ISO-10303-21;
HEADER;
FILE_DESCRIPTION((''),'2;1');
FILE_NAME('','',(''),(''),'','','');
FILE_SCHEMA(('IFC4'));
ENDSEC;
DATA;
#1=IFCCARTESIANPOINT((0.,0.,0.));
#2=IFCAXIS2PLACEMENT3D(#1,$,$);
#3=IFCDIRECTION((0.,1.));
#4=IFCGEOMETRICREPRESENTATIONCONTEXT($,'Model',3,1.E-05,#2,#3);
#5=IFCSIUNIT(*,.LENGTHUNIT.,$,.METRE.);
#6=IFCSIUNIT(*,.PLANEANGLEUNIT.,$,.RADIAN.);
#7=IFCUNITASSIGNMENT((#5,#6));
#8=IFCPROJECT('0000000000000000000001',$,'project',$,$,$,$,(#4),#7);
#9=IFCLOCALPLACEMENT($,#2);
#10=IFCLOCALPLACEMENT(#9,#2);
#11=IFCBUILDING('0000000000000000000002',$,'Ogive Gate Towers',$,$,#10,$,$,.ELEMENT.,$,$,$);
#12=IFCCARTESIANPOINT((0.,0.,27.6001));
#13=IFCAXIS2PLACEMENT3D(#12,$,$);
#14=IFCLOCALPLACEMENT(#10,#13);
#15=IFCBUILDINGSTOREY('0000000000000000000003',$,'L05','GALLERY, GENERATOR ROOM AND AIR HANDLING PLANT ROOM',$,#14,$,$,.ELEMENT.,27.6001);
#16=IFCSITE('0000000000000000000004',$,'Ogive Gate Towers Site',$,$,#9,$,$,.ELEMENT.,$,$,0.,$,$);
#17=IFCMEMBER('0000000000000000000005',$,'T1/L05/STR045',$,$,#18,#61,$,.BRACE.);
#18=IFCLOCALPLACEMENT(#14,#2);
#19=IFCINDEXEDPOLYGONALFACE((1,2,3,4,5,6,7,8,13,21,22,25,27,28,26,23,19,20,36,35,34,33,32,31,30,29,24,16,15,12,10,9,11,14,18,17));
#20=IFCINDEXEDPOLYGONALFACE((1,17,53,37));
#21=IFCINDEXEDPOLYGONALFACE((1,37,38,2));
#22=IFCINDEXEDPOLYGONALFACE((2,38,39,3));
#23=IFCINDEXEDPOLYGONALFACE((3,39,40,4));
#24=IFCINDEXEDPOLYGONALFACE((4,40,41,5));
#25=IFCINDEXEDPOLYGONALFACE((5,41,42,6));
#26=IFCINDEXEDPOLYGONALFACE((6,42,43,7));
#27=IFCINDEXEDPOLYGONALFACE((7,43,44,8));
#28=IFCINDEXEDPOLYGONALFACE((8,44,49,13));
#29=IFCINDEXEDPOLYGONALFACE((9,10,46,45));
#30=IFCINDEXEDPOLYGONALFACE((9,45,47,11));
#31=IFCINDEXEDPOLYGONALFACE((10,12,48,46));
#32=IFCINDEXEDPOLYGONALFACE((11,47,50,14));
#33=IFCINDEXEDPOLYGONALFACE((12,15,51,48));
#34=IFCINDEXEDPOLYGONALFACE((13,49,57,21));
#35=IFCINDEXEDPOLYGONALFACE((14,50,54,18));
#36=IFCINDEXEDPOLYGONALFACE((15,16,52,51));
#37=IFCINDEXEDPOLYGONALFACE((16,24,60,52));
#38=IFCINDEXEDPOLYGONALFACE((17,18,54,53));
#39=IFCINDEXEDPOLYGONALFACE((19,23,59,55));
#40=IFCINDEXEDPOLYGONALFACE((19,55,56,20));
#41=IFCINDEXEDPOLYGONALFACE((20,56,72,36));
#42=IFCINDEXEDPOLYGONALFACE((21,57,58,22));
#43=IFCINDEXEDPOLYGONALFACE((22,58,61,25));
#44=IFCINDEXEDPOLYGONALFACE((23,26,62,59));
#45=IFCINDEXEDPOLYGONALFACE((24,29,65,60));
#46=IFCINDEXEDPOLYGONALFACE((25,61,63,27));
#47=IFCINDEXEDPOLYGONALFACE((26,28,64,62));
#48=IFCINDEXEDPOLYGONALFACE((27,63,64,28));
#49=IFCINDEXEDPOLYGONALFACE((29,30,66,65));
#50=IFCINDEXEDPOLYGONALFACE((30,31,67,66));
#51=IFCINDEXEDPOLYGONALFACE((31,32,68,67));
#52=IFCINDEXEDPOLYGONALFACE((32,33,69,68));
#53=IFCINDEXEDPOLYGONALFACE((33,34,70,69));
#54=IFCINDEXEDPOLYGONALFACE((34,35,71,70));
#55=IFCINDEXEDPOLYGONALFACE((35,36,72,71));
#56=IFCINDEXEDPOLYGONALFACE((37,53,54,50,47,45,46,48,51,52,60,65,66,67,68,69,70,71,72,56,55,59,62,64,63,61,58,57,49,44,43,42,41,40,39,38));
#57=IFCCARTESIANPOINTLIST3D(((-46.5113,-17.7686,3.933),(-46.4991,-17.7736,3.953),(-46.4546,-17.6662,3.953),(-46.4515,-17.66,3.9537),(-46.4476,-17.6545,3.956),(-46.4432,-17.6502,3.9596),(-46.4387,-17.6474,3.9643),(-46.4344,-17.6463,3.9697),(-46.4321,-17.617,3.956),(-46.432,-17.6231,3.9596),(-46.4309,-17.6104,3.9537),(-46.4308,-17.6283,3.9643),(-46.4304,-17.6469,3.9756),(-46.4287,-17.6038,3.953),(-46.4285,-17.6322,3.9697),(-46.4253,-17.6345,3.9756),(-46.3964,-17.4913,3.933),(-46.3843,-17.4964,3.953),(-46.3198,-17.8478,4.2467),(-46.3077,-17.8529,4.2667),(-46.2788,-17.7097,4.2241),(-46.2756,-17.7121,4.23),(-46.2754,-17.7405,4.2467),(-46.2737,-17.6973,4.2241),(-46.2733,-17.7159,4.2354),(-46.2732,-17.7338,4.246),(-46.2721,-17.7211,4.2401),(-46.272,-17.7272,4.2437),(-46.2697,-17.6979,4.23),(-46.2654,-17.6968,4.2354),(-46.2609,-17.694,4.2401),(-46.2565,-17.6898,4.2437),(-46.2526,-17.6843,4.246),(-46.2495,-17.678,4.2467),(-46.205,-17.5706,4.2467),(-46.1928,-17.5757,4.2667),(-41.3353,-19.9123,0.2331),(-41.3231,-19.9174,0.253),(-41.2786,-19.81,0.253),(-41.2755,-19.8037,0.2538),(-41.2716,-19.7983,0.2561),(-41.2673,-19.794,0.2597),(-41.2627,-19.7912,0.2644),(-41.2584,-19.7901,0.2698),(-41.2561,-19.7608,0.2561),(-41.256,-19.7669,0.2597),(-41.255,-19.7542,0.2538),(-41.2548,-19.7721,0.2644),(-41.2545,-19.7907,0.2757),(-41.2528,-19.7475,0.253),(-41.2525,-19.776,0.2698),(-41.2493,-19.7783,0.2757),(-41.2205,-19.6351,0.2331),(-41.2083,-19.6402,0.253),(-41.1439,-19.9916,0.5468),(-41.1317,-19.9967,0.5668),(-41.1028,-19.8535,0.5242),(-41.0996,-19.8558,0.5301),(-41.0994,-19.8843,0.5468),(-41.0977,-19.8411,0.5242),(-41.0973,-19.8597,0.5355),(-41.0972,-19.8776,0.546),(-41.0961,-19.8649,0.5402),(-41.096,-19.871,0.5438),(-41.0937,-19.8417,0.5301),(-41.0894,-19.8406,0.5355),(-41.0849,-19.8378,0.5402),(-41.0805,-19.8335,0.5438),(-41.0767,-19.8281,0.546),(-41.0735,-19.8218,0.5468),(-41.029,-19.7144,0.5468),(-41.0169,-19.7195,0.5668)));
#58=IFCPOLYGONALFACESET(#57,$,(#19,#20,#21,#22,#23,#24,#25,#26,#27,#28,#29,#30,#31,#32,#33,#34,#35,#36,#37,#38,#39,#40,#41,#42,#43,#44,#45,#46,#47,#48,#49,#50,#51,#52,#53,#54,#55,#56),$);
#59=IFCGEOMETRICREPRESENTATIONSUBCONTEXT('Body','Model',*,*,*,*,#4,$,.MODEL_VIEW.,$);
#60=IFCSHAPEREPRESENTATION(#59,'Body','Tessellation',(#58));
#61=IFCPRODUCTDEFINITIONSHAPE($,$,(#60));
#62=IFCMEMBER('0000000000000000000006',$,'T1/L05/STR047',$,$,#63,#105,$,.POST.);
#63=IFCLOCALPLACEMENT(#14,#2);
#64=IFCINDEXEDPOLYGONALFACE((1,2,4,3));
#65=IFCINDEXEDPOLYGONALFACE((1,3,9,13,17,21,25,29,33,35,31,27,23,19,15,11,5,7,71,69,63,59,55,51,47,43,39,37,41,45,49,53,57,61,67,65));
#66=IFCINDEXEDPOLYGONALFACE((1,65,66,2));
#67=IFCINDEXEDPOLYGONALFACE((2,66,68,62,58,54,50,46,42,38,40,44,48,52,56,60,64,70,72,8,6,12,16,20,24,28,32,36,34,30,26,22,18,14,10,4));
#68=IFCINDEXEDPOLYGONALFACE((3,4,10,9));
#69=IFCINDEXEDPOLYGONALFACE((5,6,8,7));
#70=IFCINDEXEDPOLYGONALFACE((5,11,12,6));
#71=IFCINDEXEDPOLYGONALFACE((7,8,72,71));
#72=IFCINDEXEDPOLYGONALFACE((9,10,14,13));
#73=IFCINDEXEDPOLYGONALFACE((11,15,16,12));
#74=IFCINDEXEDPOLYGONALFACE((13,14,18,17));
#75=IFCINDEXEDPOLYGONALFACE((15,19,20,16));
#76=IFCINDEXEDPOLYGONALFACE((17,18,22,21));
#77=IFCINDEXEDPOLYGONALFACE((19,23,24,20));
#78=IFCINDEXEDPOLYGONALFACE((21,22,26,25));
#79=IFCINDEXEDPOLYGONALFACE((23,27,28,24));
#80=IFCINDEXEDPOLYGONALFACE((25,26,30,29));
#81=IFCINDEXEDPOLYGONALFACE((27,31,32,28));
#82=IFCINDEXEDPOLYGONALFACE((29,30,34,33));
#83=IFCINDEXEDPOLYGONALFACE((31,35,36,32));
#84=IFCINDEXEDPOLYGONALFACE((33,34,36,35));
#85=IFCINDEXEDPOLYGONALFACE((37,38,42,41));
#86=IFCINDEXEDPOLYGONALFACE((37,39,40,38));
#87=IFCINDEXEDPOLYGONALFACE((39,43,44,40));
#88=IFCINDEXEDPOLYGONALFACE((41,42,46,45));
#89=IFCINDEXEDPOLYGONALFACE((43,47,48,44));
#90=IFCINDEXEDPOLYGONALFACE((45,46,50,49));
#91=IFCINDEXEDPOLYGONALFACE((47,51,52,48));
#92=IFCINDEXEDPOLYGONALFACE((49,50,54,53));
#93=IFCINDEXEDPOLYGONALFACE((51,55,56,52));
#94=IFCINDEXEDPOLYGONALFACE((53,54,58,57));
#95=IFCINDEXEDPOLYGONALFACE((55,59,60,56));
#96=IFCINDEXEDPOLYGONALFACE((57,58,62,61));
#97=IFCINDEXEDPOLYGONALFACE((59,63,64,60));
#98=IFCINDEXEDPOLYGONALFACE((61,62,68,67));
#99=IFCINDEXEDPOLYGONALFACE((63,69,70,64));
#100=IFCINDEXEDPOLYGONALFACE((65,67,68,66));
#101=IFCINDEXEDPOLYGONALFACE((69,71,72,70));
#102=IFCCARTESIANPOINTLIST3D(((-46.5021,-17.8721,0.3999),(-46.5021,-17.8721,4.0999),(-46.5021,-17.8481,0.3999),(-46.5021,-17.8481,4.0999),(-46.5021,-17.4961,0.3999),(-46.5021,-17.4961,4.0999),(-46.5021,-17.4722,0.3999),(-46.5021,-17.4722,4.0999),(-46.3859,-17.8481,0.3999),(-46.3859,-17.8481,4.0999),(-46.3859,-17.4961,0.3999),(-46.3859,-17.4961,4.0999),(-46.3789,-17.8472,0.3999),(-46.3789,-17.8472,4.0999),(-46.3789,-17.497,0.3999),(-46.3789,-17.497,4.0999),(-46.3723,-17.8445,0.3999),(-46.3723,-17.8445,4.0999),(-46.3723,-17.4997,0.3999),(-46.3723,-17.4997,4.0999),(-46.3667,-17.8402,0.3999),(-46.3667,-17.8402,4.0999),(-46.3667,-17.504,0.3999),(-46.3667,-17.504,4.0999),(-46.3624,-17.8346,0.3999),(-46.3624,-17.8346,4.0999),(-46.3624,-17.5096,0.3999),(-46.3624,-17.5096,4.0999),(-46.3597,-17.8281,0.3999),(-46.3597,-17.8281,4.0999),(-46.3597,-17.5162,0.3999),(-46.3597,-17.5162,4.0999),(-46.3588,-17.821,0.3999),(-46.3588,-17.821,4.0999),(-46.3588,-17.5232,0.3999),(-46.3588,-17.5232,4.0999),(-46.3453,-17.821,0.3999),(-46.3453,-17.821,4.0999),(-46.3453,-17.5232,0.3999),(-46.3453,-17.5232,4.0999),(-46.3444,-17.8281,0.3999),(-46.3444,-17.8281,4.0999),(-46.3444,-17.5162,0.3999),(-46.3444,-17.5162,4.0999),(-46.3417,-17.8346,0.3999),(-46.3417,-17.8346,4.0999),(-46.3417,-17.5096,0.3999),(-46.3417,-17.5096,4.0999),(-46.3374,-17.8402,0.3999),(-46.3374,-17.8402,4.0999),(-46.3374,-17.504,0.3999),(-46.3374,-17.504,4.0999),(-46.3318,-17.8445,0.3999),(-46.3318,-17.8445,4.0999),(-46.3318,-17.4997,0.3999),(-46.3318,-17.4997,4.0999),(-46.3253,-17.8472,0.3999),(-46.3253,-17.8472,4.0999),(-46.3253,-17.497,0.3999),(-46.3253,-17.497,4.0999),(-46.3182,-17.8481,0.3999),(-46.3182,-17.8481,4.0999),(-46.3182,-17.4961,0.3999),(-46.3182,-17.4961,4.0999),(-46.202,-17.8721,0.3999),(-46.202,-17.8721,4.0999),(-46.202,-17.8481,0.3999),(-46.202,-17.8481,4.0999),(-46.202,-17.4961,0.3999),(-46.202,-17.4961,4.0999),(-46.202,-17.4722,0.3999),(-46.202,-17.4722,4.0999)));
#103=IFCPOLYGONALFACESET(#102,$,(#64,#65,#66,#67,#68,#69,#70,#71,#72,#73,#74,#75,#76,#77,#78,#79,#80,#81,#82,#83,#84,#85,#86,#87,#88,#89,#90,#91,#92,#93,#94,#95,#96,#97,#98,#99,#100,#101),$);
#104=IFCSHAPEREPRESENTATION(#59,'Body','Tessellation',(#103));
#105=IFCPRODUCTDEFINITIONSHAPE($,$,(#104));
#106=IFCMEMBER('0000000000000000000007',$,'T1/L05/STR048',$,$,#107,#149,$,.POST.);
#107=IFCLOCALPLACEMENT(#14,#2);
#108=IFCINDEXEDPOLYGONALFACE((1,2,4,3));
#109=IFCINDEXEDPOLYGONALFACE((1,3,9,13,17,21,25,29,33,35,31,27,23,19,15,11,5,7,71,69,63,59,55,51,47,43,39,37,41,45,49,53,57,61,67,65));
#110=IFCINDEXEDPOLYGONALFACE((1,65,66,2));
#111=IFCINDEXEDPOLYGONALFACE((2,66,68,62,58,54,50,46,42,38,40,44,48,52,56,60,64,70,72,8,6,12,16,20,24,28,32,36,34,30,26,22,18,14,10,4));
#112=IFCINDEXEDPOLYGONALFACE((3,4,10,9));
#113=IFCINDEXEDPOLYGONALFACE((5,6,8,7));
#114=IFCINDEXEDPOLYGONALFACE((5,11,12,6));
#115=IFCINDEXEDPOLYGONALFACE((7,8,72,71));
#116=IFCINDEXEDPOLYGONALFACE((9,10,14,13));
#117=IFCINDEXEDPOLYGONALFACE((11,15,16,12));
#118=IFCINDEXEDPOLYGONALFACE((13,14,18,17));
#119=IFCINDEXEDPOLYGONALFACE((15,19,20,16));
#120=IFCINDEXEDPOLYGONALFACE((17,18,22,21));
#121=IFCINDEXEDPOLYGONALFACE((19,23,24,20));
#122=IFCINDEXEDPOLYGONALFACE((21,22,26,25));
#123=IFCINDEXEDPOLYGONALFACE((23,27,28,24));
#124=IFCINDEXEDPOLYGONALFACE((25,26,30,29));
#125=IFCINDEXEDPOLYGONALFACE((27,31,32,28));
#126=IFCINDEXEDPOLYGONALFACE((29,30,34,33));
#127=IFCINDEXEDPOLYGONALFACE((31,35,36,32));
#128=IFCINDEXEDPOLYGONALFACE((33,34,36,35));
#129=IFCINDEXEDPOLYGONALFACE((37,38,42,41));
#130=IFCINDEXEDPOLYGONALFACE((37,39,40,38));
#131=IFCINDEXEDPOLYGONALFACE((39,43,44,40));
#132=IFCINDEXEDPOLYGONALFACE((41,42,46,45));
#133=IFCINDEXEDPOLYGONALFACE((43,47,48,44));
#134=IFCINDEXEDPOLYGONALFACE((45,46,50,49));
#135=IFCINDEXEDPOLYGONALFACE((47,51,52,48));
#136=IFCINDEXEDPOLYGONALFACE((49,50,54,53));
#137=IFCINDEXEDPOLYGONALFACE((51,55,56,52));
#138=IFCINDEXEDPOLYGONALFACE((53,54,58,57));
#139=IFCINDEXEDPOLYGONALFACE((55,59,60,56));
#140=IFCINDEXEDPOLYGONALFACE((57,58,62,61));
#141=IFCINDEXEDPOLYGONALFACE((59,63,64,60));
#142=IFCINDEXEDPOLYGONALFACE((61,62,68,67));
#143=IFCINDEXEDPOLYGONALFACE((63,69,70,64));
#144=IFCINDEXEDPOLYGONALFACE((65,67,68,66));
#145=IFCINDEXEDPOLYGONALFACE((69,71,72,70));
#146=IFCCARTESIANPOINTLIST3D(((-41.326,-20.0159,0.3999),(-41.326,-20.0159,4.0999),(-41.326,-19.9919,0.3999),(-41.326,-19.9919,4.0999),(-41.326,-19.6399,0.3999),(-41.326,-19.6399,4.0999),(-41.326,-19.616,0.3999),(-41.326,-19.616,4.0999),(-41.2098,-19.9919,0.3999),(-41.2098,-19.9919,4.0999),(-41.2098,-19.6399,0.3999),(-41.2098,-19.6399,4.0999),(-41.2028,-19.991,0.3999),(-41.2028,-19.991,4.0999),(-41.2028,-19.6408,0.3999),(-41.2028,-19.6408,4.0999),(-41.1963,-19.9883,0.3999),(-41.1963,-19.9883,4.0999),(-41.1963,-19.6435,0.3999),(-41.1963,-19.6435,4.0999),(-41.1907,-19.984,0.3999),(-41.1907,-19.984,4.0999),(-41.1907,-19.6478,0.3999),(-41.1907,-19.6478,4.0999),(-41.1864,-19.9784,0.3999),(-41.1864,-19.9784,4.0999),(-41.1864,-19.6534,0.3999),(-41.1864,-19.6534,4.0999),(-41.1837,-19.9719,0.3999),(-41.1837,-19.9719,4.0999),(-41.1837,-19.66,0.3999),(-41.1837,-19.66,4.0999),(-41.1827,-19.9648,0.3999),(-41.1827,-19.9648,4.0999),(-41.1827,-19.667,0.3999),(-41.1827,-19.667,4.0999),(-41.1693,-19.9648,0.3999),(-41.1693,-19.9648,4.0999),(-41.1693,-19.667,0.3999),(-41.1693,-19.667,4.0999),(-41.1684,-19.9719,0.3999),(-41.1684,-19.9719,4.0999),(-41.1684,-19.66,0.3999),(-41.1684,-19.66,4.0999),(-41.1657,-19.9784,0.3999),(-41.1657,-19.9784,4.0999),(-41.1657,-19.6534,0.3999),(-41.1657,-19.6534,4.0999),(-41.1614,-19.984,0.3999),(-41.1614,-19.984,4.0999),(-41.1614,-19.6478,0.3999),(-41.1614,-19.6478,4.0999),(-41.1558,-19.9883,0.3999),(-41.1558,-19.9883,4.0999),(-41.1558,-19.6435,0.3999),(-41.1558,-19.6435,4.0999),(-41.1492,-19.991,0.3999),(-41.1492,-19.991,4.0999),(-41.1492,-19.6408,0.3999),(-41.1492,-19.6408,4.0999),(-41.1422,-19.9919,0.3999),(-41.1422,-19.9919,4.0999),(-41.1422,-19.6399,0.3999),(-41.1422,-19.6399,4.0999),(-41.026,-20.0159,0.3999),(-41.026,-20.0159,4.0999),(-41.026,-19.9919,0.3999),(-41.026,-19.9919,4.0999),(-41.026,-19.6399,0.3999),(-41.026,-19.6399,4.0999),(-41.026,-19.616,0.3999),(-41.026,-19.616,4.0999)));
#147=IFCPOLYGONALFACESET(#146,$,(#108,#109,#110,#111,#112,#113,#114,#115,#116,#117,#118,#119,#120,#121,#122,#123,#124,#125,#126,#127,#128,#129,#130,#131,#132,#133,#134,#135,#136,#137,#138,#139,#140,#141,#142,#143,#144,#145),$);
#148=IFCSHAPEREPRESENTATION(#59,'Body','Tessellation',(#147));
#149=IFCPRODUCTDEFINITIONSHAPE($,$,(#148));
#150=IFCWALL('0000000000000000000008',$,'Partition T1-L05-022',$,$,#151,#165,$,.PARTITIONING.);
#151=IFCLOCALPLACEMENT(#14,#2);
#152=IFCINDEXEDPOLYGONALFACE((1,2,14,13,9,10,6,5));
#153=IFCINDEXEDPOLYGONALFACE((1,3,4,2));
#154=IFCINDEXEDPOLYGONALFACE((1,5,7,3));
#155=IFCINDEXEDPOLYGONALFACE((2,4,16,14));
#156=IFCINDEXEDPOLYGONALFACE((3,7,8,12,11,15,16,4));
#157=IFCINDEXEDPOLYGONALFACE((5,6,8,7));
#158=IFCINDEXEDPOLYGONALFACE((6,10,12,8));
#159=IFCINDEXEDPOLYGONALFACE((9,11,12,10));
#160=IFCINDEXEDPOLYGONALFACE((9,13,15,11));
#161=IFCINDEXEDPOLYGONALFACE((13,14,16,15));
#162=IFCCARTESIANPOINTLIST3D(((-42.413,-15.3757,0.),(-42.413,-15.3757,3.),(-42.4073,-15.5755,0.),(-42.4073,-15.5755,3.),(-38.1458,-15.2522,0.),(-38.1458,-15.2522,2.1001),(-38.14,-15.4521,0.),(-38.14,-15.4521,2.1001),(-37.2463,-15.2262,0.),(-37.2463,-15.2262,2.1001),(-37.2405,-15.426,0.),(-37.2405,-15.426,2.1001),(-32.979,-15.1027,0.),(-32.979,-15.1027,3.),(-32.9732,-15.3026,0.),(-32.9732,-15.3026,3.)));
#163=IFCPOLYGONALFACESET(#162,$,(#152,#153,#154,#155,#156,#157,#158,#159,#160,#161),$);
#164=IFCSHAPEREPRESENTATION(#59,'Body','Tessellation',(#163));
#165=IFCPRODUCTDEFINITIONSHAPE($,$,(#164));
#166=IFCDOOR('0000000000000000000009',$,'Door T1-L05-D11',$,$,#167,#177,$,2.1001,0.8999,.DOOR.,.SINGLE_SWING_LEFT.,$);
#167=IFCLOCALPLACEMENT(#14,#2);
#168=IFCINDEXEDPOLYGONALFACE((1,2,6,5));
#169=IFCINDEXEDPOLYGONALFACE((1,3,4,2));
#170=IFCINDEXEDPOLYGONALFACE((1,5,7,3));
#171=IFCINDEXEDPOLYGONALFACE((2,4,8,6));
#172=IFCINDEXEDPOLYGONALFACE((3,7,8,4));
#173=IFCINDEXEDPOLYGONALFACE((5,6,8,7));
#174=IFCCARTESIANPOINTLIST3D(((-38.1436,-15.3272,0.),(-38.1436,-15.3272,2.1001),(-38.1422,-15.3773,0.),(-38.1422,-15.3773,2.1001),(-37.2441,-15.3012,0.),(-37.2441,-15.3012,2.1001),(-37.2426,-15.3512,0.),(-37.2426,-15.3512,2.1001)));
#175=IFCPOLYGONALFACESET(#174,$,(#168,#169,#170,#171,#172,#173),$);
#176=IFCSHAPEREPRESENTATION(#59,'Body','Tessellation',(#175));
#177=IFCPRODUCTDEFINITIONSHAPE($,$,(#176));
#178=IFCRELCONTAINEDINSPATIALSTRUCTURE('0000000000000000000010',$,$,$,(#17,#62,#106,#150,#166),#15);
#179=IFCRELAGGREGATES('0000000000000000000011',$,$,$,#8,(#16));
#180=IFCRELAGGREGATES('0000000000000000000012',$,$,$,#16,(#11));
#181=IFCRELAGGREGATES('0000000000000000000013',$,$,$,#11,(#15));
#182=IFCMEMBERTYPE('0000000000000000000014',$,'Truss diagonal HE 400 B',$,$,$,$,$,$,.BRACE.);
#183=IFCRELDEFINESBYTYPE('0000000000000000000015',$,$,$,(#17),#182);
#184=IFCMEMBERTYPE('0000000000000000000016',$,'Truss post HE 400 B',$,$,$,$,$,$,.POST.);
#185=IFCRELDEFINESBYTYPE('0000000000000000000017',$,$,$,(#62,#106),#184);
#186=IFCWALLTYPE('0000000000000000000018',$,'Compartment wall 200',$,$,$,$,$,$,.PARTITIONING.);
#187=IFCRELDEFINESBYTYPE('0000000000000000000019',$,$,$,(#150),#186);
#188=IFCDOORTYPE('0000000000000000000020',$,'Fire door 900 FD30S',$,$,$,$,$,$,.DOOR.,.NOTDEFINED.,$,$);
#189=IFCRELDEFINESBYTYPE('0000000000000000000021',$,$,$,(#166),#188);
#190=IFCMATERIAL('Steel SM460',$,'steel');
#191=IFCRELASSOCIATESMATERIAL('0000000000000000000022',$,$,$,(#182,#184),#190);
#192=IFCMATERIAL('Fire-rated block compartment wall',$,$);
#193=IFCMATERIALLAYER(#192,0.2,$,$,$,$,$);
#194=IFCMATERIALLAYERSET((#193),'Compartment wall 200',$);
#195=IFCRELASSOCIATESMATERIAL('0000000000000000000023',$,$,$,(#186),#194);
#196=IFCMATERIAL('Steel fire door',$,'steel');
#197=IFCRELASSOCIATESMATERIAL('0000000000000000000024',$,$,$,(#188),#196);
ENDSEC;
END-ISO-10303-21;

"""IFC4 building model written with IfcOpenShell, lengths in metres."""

from ifc_helpers import new_model, si_unit, direction, frame, frame_2d, origin, origin_2d, place, context, subcontext, project, spatial, rectangle, i_section, extrude, material, layer, layer_set, material_profile, profile_set, type_object, element, fill, save


model = new_model("IFC4")

# Units and contexts
model_context = context("Model", 3, precision=1e-05, world=origin(), true_north=direction((0.0, 1.0)))
body_context = subcontext(model_context, "Body", "Model", "MODEL_VIEW")
ifc_project = project(units=[si_unit("LENGTHUNIT", "METRE"), si_unit("PLANEANGLEUNIT", "RADIAN")], contexts=[model_context])

# Site, building, storey
site_placement = place(None, origin())
site = spatial("IfcSite", under=ifc_project, at=site_placement, Name="Ogive Gate Towers Site", CompositionType="ELEMENT", RefElevation=0.0)
building_placement = place(site_placement, origin())
building = spatial("IfcBuilding", under=site, at=building_placement, Name="Ogive Gate Towers", CompositionType="ELEMENT")
storey_placement = place(building_placement, frame((0.0, 0.0, 27.6001)))
storey = spatial("IfcBuildingStorey", under=building, at=storey_placement, Name="L05", Description="GALLERY, GENERATOR ROOM AND AIR HANDLING PLANT ROOM", CompositionType="ELEMENT", Elevation=27.6001)

# Members
ifc_material_1 = material(Name="Steel SM460", Category="steel")
ifc_material_profile_1 = material_profile(ifc_material_1, i_section(OverallWidth=0.3, OverallDepth=0.3999, WebThickness=0.0134, FlangeThickness=0.0239, FilletRadius=0.0271, at=origin_2d()), Name="HE 400 B")
ifc_profile_set_1 = profile_set([ifc_material_profile_1], Name="Steel SM460")
member_type_1 = type_object("IfcMemberType", Name="Truss diagonal HE 400 B", PredefinedType="BRACE", material=ifc_profile_set_1)
member_placement = place(storey_placement, frame((-46.3521, -17.6721, 4.0999), z_axis=(0.770939, -0.319306, -0.551086), x_axis=(0.382656, 0.923891, 0.0)))
element("IfcMember", 1, at=member_placement, inside=storey, type_object=member_type_1, Name="T1/L05/STR045", PredefinedType="BRACE", context=body_context, shape_type="SweptSolid", body=[
    extrude(i_section(OverallWidth=0.3, OverallDepth=0.3999, WebThickness=0.0134, FlangeThickness=0.0239, FilletRadius=0.0271, at=origin_2d()), origin(), (0.0, 0.0, 1.0), 6.7139),
])
ifc_material_profile_2 = material_profile(ifc_material_1, i_section(OverallWidth=0.3, OverallDepth=0.3999, WebThickness=0.0134, FlangeThickness=0.0239, FilletRadius=0.0271, at=origin_2d()), Name="HE 400 B")
ifc_profile_set_2 = profile_set([ifc_material_profile_2], Name="Steel SM460")
member_type_2 = type_object("IfcMemberType", Name="Truss post HE 400 B", PredefinedType="POST", material=ifc_profile_set_2)
for number, where, z_axis, x_axis, name in (
    (2, (-46.3521, -17.6721, 0.3999), (0.0, 0.0, 1.0), (1.0, 0.0, 0.0), "T1/L05/STR047"),
    (3, (-41.176, -19.8159, 0.3999), (0.0, 0.0, 1.0), (1.0, 0.0, 0.0), "T1/L05/STR048"),
):
    element("IfcMember", number, at=place(storey_placement, frame(where, z_axis=z_axis, x_axis=x_axis)), inside=storey, type_object=member_type_2, Name=name, PredefinedType="POST", context=body_context, shape_type="SweptSolid", body=[
        extrude(i_section(OverallWidth=0.3, OverallDepth=0.3999, WebThickness=0.0134, FlangeThickness=0.0239, FilletRadius=0.0271, at=origin_2d()), origin(), (0.0, 0.0, 1.0), 3.7),
    ])

# Wall, opening, door
ifc_material_2 = material(Name="Fire-rated block compartment wall")
ifc_layer_1 = layer(ifc_material_2, 0.2)
ifc_layer_set_1 = layer_set([ifc_layer_1], Name="Compartment wall 200")
wall_type_1 = type_object("IfcWallType", Name="Compartment wall 200", PredefinedType="PARTITIONING", material=ifc_layer_set_1)
wall_1_placement = place(storey_placement, frame((-42.4102, -15.4756, 0.0), z_axis=(0.0, 0.0, 1.0), x_axis=(0.999582, 0.02892, 0.0)))
wall_1 = element("IfcWall", 4, at=wall_1_placement, inside=storey, type_object=wall_type_1, Name="Partition T1-L05-022", PredefinedType="PARTITIONING", context=body_context, shape_type="SweptSolid", body=[
    extrude(rectangle(XDim=9.438, YDim=0.2, at=frame_2d((4.719, 0.0))), origin(), (0.0, 0.0, 1.0), 3.0),
])
opening_1_placement = place(wall_1_placement, frame((4.269, 0.0, 0.0)))
opening_1 = element("IfcOpeningElement", 5, at=opening_1_placement, cuts=wall_1, PredefinedType="OPENING", context=body_context, shape_type="SweptSolid", body=[
    extrude(rectangle(XDim=0.8999, YDim=2.1001, at=frame_2d((0.45, 1.05))), frame((0.0, 0.1099, 0.0), z_axis=(0.0, -1.0, 0.0), x_axis=(1.0, 0.0, 0.0)), (0.0, 0.0, 1.0), 0.22),
])
ifc_material_3 = material(Name="Steel fire door", Category="steel")
door_type_1 = type_object("IfcDoorType", Name="Fire door 900 FD30S", OperationType="NOTDEFINED", PredefinedType="DOOR", material=ifc_material_3)
door_1_placement = place(opening_1_placement, origin())
door_1 = element("IfcDoor", 6, at=door_1_placement, inside=storey, type_object=door_type_1, Name="Door T1-L05-D11", OperationType="SINGLE_SWING_LEFT", OverallHeight=2.1001, OverallWidth=0.8999, PredefinedType="DOOR", context=body_context, shape_type="SweptSolid", body=[
    extrude(rectangle(XDim=0.8999, YDim=2.1001, at=frame_2d((0.45, 1.05))), frame((0.0, 0.0249, 0.0), z_axis=(0.0, -1.0, 0.0), x_axis=(1.0, 0.0, 0.0)), (0.0, 0.0, 1.0), 0.05),
])
fill(opening_1, door_1)

save(model, "model.ifc")
